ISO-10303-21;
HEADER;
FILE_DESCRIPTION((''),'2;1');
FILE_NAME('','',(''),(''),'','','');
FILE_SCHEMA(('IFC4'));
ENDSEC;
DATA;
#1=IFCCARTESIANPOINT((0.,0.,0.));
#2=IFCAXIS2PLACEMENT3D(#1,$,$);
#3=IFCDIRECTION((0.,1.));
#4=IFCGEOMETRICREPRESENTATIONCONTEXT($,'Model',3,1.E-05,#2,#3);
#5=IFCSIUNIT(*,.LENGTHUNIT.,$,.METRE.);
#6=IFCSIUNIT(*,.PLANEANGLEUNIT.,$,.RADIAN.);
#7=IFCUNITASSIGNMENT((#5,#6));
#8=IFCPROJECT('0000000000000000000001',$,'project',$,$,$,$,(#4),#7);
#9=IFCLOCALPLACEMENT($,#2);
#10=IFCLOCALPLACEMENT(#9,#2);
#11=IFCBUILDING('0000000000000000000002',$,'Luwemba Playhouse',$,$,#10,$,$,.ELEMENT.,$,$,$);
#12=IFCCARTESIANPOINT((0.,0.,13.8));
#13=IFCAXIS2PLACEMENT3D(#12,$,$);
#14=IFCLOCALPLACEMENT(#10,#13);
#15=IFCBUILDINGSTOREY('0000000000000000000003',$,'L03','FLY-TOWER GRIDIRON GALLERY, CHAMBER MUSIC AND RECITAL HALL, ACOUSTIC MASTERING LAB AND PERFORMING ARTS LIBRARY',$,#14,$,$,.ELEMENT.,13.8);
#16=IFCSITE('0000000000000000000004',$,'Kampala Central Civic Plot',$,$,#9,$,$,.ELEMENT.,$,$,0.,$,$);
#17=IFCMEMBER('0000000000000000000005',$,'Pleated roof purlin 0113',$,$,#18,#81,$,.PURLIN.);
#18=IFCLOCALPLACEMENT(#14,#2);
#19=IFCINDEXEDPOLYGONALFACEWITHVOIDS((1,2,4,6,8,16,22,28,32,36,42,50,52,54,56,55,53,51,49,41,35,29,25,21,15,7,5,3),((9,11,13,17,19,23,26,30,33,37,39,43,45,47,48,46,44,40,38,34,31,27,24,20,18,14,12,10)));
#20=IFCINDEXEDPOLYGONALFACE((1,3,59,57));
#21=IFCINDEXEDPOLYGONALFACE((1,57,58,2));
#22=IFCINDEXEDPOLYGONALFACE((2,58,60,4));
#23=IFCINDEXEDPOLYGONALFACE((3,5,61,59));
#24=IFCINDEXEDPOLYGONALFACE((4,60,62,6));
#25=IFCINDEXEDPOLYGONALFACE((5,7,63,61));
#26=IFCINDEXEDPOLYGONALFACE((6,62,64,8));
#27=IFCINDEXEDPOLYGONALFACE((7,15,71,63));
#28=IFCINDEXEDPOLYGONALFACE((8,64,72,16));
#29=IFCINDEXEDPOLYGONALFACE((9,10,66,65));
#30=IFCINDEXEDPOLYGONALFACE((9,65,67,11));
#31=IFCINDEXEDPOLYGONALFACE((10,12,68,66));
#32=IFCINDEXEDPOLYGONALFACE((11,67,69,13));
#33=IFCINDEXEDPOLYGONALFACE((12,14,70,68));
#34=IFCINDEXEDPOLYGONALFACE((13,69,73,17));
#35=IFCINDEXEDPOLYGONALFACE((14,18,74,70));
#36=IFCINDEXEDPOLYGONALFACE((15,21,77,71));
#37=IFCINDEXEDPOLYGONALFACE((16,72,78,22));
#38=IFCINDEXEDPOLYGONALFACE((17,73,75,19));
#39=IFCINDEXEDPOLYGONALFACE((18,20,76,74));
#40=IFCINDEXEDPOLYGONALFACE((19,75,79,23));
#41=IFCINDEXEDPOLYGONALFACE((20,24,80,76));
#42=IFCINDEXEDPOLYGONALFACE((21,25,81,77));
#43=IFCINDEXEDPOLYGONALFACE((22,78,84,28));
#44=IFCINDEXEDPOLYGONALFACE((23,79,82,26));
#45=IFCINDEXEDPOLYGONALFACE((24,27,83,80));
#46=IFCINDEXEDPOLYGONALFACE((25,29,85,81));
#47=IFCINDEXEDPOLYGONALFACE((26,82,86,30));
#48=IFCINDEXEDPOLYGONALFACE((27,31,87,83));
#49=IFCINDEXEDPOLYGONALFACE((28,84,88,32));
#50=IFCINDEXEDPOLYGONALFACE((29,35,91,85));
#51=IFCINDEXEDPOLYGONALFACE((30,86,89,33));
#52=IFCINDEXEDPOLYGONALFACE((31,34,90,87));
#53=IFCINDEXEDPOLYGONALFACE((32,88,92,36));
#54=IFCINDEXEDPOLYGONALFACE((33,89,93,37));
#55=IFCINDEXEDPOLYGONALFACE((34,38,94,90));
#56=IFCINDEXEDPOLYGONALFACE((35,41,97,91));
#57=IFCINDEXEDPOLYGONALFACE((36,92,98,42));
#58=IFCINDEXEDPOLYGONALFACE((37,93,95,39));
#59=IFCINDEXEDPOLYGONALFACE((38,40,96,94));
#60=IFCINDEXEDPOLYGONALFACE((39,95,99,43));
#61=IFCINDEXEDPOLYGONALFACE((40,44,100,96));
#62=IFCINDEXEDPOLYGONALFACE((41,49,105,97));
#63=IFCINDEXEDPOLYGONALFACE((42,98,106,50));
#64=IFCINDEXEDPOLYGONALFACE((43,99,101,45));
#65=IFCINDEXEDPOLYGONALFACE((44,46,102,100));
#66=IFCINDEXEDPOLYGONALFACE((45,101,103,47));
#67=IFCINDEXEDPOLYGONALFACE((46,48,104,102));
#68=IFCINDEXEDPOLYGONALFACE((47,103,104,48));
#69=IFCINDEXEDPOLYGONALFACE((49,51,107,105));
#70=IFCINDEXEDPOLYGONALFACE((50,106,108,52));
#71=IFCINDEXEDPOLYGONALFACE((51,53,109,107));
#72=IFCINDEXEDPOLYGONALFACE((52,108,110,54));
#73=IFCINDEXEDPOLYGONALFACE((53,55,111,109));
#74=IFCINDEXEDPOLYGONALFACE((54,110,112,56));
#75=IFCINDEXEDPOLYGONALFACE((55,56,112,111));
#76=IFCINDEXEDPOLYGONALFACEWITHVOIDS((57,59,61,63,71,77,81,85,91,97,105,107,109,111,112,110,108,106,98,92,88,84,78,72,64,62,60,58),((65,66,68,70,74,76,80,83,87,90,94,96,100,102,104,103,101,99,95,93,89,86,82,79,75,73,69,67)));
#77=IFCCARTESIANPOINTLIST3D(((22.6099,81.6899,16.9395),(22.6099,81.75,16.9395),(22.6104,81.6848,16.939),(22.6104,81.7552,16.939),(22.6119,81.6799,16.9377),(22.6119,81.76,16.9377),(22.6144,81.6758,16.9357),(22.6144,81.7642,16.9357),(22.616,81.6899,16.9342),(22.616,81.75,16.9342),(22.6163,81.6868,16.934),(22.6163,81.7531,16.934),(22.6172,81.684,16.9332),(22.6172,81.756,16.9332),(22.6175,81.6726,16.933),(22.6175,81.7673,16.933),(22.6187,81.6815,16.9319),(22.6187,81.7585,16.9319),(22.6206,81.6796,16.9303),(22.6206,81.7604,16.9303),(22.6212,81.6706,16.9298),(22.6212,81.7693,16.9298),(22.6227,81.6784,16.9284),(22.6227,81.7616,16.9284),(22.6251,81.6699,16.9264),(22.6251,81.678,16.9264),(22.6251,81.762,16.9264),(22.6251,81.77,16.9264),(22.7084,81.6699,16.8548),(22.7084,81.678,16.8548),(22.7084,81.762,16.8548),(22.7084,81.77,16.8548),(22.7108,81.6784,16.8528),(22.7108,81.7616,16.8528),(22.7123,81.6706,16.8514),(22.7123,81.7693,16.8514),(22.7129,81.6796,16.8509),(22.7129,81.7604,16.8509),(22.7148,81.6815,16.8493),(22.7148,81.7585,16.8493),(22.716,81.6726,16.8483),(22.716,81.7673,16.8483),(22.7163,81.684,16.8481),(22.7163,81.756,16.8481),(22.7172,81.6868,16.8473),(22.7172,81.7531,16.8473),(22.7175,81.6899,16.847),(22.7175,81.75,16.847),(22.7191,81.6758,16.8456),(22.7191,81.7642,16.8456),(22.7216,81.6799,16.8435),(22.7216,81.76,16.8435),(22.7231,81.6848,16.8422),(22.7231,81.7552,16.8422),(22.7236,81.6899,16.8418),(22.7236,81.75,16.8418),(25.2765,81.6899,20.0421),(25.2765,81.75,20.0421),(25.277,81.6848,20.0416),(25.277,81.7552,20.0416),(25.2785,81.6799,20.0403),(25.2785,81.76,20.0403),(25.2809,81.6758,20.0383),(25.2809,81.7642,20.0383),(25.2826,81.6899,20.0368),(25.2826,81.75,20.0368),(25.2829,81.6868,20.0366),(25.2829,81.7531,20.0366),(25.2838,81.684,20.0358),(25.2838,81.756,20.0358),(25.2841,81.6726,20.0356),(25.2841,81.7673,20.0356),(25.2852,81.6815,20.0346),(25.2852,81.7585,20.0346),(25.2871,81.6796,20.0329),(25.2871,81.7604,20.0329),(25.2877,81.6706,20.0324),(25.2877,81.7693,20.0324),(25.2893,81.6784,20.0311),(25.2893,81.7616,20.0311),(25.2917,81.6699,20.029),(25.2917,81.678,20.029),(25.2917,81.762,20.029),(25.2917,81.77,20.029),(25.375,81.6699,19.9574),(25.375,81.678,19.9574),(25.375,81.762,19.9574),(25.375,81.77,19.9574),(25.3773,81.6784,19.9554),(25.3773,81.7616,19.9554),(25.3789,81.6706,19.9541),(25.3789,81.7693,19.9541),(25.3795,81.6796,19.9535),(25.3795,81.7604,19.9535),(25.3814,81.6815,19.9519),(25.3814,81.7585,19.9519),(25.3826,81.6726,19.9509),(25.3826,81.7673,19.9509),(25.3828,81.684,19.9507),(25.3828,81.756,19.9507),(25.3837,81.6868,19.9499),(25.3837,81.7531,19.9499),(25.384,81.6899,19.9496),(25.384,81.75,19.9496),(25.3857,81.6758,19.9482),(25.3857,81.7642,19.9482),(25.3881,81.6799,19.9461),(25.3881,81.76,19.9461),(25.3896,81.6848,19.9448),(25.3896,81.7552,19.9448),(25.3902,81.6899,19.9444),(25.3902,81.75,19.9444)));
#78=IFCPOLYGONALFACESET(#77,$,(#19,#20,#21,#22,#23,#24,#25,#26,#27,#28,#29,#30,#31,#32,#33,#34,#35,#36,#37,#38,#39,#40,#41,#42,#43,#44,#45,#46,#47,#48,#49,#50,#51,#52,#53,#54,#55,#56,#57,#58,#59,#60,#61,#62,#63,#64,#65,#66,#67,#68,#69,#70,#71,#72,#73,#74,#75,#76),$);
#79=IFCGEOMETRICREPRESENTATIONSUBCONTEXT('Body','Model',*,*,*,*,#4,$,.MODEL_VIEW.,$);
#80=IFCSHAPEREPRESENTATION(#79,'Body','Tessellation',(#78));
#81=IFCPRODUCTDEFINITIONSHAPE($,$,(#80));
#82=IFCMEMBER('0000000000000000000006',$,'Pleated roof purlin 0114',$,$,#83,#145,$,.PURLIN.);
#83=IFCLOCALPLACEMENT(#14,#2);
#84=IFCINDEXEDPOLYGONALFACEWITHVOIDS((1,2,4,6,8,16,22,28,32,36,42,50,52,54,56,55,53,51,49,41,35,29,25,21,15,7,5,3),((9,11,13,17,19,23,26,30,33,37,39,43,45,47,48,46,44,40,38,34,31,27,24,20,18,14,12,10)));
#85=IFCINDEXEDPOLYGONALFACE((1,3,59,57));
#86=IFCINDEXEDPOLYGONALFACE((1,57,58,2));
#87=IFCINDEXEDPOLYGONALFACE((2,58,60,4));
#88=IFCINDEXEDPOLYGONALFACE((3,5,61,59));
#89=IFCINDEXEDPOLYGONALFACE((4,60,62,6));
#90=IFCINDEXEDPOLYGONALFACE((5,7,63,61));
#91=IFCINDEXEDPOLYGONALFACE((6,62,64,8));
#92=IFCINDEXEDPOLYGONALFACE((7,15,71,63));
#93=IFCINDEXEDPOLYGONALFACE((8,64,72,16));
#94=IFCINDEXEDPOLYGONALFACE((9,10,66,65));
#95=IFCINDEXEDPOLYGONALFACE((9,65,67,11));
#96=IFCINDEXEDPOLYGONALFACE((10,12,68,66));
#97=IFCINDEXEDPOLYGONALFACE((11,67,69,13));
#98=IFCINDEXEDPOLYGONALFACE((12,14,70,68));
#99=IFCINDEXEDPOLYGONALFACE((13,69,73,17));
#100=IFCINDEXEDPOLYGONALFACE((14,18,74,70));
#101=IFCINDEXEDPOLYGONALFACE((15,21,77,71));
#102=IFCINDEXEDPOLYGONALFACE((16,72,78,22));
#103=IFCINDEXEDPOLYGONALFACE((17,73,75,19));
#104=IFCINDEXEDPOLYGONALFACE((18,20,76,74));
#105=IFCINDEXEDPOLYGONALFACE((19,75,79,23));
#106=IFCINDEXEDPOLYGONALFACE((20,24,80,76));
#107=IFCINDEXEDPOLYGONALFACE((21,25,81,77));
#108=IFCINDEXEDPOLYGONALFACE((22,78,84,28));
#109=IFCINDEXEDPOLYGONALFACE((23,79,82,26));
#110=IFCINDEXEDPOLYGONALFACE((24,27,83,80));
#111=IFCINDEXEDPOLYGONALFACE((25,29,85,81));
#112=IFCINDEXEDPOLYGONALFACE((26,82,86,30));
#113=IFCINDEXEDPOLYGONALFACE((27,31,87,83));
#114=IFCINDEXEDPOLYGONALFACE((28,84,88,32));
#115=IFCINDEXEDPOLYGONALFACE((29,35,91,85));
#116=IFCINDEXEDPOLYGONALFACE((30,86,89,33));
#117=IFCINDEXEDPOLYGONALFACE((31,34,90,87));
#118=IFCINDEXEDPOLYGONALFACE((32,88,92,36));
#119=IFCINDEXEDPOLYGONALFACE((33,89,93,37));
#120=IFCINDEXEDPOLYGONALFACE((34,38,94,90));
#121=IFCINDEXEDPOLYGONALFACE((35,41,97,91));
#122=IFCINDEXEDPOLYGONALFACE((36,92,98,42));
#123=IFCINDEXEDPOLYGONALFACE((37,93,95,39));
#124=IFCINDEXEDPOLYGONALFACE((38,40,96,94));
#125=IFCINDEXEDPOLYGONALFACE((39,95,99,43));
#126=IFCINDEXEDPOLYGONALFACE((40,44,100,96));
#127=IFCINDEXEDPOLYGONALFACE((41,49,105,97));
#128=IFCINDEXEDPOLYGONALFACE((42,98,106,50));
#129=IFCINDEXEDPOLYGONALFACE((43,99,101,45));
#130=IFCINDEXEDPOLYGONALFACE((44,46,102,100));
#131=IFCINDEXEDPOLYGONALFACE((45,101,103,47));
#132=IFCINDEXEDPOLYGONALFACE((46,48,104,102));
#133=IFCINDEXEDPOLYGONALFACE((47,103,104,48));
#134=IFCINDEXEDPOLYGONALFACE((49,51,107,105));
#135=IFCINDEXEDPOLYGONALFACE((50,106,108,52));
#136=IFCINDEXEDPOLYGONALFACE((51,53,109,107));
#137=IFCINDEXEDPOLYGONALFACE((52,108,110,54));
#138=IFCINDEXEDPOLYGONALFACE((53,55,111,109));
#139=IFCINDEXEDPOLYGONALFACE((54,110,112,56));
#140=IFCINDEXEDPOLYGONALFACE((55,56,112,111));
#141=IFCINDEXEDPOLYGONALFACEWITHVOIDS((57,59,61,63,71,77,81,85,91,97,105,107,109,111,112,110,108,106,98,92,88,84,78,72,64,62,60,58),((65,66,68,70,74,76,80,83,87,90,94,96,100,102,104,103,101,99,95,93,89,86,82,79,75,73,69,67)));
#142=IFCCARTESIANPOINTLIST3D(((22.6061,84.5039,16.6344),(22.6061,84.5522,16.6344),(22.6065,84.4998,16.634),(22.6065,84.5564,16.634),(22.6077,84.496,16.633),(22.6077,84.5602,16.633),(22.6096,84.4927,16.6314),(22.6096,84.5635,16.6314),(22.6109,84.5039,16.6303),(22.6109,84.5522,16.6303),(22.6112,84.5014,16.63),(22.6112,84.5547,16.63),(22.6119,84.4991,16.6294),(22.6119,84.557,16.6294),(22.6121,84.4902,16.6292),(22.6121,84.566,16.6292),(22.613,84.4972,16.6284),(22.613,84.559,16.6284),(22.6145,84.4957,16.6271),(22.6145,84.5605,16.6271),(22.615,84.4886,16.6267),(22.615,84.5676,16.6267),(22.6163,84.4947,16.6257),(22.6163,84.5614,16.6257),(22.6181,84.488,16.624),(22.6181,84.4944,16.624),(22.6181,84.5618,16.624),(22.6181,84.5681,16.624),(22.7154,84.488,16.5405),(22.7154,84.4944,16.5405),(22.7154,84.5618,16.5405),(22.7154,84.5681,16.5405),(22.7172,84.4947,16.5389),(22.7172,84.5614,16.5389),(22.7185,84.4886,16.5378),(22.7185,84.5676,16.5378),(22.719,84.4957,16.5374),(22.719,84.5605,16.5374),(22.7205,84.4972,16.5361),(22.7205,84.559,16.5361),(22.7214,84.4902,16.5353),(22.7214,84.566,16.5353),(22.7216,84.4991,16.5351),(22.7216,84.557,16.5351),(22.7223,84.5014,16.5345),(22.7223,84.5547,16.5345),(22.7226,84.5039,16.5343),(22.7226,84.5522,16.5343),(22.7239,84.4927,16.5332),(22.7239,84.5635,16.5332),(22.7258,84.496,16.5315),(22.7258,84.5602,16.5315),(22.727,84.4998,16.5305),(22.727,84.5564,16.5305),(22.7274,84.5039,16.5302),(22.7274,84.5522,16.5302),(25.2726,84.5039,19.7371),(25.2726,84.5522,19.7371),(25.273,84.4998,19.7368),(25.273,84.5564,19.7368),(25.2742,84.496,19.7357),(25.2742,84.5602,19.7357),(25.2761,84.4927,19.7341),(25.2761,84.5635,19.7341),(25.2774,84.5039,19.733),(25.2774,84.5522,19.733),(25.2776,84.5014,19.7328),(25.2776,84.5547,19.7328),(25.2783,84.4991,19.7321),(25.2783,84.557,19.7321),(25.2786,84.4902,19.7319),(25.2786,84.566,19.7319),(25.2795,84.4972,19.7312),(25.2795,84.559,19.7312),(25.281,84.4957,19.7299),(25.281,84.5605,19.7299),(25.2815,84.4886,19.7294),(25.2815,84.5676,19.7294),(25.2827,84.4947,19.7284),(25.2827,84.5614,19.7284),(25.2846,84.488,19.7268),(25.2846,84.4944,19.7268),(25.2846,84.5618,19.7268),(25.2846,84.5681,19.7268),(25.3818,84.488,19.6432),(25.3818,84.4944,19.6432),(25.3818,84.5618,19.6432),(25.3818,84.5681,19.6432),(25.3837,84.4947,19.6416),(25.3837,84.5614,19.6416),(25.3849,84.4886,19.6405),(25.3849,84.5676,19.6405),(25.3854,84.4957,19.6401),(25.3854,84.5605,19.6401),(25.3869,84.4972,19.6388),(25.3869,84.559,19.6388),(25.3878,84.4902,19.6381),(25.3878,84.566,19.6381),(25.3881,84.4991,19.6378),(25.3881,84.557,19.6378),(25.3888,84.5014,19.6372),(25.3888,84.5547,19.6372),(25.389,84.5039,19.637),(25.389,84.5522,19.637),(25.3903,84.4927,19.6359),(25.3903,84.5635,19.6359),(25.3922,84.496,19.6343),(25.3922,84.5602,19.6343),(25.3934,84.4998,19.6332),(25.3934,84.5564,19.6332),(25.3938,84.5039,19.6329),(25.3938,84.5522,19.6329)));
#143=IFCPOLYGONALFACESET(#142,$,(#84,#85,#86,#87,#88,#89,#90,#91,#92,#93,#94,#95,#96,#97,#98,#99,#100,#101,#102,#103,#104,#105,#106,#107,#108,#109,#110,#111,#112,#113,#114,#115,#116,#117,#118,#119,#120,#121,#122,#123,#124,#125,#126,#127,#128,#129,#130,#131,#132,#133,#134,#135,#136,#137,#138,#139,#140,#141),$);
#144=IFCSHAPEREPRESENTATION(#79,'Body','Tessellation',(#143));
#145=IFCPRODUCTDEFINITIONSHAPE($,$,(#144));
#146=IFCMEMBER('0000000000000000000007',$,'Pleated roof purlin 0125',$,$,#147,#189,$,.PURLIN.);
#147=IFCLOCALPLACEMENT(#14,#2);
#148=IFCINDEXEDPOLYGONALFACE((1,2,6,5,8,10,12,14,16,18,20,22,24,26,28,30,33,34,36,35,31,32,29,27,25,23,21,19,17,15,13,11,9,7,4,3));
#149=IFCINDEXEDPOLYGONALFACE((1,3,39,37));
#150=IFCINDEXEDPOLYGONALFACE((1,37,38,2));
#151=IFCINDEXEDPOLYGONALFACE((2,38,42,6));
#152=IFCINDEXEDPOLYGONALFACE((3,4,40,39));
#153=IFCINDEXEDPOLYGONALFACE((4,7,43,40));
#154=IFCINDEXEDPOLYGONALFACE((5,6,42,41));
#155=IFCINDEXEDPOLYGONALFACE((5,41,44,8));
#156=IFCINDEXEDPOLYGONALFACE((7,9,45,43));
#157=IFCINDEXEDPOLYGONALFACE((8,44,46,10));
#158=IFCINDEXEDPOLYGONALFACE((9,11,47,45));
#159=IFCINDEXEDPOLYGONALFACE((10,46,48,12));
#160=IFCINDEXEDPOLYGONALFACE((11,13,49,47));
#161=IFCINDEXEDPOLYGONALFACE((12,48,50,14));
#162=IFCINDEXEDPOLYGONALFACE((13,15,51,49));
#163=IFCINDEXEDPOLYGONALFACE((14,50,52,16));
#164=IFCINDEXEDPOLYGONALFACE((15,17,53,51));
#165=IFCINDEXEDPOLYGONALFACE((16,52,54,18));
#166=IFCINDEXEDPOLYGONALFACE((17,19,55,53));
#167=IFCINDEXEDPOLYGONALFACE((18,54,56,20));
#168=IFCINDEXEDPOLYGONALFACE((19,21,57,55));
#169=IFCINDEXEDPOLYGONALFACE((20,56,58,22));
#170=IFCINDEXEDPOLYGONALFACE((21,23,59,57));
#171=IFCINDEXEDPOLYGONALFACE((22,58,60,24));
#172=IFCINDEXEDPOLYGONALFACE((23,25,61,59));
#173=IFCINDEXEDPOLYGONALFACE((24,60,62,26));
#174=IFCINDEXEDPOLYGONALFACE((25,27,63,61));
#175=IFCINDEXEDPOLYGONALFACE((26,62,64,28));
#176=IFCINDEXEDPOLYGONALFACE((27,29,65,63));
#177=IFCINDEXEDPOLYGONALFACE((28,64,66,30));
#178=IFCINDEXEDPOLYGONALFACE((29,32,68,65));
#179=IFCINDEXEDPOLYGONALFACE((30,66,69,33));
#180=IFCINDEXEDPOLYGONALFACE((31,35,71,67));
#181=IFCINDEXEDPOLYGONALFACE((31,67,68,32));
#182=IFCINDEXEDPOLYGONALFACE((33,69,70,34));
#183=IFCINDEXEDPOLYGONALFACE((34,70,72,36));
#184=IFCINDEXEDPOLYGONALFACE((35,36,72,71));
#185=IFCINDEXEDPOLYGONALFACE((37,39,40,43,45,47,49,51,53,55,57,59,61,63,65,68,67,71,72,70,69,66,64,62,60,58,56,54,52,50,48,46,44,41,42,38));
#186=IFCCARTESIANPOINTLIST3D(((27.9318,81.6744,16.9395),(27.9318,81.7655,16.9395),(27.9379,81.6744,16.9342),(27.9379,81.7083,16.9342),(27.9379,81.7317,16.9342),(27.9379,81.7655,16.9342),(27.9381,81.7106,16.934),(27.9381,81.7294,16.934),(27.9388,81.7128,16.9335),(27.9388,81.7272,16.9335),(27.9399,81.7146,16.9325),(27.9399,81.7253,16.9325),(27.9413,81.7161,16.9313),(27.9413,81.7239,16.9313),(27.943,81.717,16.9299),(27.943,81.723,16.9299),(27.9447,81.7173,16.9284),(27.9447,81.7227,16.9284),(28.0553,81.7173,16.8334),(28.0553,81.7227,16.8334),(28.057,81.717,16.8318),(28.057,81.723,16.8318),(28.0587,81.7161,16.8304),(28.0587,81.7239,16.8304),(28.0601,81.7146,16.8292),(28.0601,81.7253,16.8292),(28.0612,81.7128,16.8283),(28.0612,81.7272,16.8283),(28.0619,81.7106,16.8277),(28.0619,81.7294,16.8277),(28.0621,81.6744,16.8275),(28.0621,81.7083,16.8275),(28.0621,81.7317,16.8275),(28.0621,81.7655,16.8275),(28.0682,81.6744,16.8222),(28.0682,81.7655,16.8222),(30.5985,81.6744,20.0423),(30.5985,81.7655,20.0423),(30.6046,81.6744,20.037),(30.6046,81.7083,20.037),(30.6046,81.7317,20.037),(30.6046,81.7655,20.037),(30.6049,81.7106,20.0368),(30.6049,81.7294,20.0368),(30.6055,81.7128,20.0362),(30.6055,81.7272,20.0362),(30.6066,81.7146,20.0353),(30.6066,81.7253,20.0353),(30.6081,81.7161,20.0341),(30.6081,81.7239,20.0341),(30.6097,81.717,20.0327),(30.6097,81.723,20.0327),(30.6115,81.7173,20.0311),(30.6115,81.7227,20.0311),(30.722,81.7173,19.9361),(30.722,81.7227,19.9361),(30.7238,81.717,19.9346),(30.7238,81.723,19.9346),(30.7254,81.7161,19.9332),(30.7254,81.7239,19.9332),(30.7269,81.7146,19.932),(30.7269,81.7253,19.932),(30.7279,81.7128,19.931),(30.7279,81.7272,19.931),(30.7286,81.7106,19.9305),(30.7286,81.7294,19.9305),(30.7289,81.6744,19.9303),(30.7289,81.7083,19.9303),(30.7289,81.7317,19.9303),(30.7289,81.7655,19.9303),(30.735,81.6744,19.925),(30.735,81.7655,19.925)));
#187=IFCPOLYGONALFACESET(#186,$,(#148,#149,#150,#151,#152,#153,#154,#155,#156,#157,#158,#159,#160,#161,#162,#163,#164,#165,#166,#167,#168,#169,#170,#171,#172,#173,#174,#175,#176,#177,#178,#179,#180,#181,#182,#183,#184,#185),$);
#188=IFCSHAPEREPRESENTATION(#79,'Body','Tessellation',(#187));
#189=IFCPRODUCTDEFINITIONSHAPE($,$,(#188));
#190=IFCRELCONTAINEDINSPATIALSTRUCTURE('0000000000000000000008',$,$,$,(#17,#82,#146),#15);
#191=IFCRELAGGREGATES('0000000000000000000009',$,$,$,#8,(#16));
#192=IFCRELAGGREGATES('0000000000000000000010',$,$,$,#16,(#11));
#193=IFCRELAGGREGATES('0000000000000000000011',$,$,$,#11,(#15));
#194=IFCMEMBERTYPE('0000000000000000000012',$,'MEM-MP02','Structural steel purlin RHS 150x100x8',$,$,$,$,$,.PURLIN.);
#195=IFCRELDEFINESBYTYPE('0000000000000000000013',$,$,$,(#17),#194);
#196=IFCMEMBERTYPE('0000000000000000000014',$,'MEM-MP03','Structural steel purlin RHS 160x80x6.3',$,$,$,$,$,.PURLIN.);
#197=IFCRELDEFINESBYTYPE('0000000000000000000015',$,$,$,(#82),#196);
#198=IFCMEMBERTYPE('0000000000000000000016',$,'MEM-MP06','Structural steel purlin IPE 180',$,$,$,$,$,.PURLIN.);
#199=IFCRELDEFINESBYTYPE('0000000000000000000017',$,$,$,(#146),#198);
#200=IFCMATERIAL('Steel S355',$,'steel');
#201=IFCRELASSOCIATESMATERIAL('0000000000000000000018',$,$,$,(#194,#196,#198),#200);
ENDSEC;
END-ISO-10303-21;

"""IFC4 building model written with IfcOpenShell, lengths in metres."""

from ifc_helpers import new_model, si_unit, direction, frame, origin, origin_2d, place, context, subcontext, project, spatial, hollow_rectangle, i_section, extrude, material, material_profile, profile_set, type_object, element, save


model = new_model("IFC4")

# Units and contexts
model_context = context("Model", 3, precision=1e-05, world=origin(), true_north=direction((0.0, 1.0)))
body_context = subcontext(model_context, "Body", "Model", "MODEL_VIEW")
ifc_project = project(units=[si_unit("LENGTHUNIT", "METRE"), si_unit("PLANEANGLEUNIT", "RADIAN")], contexts=[model_context])

# Site, building, storey
site_placement = place(None, origin())
site = spatial("IfcSite", under=ifc_project, at=site_placement, Name="Kampala Central Civic Plot", CompositionType="ELEMENT", RefElevation=0.0)
building_placement = place(site_placement, origin())
building = spatial("IfcBuilding", under=site, at=building_placement, Name="Luwemba Playhouse", CompositionType="ELEMENT")
storey_placement = place(building_placement, frame((0.0, 0.0, 13.8)))
storey = spatial("IfcBuildingStorey", under=building, at=storey_placement, Name="L03", Description="FLY-TOWER GRIDIRON GALLERY, CHAMBER MUSIC AND RECITAL HALL, ACOUSTIC MASTERING LAB AND PERFORMING ARTS LIBRARY", CompositionType="ELEMENT", Elevation=13.8)

# Shared definitions
ifc_material_1 = material(Name="Steel S355", Category="steel")

# Members
ifc_material_profile_1 = material_profile(ifc_material_1, hollow_rectangle(XDim=0.1001, YDim=0.1499, WallThickness=0.0081, InnerFilletRadius=0.012, OuterFilletRadius=0.02, at=origin_2d()))
ifc_profile_set_1 = profile_set([ifc_material_profile_1], Name="Steel S355")
member_type_1 = type_object("IfcMemberType", Name="MEM-MP02", Description="Structural steel purlin RHS 150x100x8", PredefinedType="PURLIN", material=ifc_profile_set_1)
member_1_placement = place(storey_placement, frame((22.6667, 81.72, 16.8906), z_axis=(0.651803, 0.0, 0.758388), x_axis=(0.0, 1.0, 0.0)))
element("IfcMember", 1, at=member_1_placement, inside=storey, type_object=member_type_1, Name="Pleated roof purlin 0113", PredefinedType="PURLIN", context=body_context, shape_type="SweptSolid", body=[
    extrude(hollow_rectangle(XDim=0.1001, YDim=0.1499, WallThickness=0.0081, InnerFilletRadius=0.012, OuterFilletRadius=0.02, at=origin_2d()), origin(), (0.0, 0.0, 1.0), 4.0911),
])
ifc_material_profile_2 = material_profile(ifc_material_1, hollow_rectangle(XDim=0.0801, YDim=0.1599, WallThickness=0.0063, InnerFilletRadius=0.0095, OuterFilletRadius=0.0159, at=origin_2d()))
ifc_profile_set_2 = profile_set([ifc_material_profile_2], Name="Steel S355")
member_type_2 = type_object("IfcMemberType", Name="MEM-MP03", Description="Structural steel purlin RHS 160x80x6.3", PredefinedType="PURLIN", material=ifc_profile_set_2)
member_2_placement = place(storey_placement, frame((22.6667, 84.5281, 16.5823), z_axis=(0.651774, 0.0, 0.758413), x_axis=(0.0, 1.0, 0.0)))
element("IfcMember", 2, at=member_2_placement, inside=storey, type_object=member_type_2, Name="Pleated roof purlin 0114", PredefinedType="PURLIN", context=body_context, shape_type="SweptSolid", body=[
    extrude(hollow_rectangle(XDim=0.0801, YDim=0.1599, WallThickness=0.0063, InnerFilletRadius=0.0095, OuterFilletRadius=0.0159, at=origin_2d()), origin(), (0.0, 0.0, 1.0), 4.0911),
])
ifc_material_profile_3 = material_profile(ifc_material_1, i_section(OverallWidth=0.0911, OverallDepth=0.1799, WebThickness=0.0054, FlangeThickness=0.0081, FilletRadius=0.009, at=origin_2d()))
ifc_profile_set_3 = profile_set([ifc_material_profile_3], Name="Steel S355")
member_type_3 = type_object("IfcMemberType", Name="MEM-MP06", Description="Structural steel purlin IPE 180", PredefinedType="PURLIN", material=ifc_profile_set_3)
member_3_placement = place(storey_placement, frame((28.0, 81.72, 16.8809), z_axis=(0.651808, 0.0, 0.758384), x_axis=(0.0, 1.0, 0.0)))
element("IfcMember", 3, at=member_3_placement, inside=storey, type_object=member_type_3, Name="Pleated roof purlin 0125", PredefinedType="PURLIN", context=body_context, shape_type="SweptSolid", body=[
    extrude(i_section(OverallWidth=0.0911, OverallDepth=0.1799, WebThickness=0.0054, FlangeThickness=0.0081, FilletRadius=0.009, at=origin_2d()), origin(), (0.0, 0.0, 1.0), 4.0913),
])

save(model, "model.ifc")
